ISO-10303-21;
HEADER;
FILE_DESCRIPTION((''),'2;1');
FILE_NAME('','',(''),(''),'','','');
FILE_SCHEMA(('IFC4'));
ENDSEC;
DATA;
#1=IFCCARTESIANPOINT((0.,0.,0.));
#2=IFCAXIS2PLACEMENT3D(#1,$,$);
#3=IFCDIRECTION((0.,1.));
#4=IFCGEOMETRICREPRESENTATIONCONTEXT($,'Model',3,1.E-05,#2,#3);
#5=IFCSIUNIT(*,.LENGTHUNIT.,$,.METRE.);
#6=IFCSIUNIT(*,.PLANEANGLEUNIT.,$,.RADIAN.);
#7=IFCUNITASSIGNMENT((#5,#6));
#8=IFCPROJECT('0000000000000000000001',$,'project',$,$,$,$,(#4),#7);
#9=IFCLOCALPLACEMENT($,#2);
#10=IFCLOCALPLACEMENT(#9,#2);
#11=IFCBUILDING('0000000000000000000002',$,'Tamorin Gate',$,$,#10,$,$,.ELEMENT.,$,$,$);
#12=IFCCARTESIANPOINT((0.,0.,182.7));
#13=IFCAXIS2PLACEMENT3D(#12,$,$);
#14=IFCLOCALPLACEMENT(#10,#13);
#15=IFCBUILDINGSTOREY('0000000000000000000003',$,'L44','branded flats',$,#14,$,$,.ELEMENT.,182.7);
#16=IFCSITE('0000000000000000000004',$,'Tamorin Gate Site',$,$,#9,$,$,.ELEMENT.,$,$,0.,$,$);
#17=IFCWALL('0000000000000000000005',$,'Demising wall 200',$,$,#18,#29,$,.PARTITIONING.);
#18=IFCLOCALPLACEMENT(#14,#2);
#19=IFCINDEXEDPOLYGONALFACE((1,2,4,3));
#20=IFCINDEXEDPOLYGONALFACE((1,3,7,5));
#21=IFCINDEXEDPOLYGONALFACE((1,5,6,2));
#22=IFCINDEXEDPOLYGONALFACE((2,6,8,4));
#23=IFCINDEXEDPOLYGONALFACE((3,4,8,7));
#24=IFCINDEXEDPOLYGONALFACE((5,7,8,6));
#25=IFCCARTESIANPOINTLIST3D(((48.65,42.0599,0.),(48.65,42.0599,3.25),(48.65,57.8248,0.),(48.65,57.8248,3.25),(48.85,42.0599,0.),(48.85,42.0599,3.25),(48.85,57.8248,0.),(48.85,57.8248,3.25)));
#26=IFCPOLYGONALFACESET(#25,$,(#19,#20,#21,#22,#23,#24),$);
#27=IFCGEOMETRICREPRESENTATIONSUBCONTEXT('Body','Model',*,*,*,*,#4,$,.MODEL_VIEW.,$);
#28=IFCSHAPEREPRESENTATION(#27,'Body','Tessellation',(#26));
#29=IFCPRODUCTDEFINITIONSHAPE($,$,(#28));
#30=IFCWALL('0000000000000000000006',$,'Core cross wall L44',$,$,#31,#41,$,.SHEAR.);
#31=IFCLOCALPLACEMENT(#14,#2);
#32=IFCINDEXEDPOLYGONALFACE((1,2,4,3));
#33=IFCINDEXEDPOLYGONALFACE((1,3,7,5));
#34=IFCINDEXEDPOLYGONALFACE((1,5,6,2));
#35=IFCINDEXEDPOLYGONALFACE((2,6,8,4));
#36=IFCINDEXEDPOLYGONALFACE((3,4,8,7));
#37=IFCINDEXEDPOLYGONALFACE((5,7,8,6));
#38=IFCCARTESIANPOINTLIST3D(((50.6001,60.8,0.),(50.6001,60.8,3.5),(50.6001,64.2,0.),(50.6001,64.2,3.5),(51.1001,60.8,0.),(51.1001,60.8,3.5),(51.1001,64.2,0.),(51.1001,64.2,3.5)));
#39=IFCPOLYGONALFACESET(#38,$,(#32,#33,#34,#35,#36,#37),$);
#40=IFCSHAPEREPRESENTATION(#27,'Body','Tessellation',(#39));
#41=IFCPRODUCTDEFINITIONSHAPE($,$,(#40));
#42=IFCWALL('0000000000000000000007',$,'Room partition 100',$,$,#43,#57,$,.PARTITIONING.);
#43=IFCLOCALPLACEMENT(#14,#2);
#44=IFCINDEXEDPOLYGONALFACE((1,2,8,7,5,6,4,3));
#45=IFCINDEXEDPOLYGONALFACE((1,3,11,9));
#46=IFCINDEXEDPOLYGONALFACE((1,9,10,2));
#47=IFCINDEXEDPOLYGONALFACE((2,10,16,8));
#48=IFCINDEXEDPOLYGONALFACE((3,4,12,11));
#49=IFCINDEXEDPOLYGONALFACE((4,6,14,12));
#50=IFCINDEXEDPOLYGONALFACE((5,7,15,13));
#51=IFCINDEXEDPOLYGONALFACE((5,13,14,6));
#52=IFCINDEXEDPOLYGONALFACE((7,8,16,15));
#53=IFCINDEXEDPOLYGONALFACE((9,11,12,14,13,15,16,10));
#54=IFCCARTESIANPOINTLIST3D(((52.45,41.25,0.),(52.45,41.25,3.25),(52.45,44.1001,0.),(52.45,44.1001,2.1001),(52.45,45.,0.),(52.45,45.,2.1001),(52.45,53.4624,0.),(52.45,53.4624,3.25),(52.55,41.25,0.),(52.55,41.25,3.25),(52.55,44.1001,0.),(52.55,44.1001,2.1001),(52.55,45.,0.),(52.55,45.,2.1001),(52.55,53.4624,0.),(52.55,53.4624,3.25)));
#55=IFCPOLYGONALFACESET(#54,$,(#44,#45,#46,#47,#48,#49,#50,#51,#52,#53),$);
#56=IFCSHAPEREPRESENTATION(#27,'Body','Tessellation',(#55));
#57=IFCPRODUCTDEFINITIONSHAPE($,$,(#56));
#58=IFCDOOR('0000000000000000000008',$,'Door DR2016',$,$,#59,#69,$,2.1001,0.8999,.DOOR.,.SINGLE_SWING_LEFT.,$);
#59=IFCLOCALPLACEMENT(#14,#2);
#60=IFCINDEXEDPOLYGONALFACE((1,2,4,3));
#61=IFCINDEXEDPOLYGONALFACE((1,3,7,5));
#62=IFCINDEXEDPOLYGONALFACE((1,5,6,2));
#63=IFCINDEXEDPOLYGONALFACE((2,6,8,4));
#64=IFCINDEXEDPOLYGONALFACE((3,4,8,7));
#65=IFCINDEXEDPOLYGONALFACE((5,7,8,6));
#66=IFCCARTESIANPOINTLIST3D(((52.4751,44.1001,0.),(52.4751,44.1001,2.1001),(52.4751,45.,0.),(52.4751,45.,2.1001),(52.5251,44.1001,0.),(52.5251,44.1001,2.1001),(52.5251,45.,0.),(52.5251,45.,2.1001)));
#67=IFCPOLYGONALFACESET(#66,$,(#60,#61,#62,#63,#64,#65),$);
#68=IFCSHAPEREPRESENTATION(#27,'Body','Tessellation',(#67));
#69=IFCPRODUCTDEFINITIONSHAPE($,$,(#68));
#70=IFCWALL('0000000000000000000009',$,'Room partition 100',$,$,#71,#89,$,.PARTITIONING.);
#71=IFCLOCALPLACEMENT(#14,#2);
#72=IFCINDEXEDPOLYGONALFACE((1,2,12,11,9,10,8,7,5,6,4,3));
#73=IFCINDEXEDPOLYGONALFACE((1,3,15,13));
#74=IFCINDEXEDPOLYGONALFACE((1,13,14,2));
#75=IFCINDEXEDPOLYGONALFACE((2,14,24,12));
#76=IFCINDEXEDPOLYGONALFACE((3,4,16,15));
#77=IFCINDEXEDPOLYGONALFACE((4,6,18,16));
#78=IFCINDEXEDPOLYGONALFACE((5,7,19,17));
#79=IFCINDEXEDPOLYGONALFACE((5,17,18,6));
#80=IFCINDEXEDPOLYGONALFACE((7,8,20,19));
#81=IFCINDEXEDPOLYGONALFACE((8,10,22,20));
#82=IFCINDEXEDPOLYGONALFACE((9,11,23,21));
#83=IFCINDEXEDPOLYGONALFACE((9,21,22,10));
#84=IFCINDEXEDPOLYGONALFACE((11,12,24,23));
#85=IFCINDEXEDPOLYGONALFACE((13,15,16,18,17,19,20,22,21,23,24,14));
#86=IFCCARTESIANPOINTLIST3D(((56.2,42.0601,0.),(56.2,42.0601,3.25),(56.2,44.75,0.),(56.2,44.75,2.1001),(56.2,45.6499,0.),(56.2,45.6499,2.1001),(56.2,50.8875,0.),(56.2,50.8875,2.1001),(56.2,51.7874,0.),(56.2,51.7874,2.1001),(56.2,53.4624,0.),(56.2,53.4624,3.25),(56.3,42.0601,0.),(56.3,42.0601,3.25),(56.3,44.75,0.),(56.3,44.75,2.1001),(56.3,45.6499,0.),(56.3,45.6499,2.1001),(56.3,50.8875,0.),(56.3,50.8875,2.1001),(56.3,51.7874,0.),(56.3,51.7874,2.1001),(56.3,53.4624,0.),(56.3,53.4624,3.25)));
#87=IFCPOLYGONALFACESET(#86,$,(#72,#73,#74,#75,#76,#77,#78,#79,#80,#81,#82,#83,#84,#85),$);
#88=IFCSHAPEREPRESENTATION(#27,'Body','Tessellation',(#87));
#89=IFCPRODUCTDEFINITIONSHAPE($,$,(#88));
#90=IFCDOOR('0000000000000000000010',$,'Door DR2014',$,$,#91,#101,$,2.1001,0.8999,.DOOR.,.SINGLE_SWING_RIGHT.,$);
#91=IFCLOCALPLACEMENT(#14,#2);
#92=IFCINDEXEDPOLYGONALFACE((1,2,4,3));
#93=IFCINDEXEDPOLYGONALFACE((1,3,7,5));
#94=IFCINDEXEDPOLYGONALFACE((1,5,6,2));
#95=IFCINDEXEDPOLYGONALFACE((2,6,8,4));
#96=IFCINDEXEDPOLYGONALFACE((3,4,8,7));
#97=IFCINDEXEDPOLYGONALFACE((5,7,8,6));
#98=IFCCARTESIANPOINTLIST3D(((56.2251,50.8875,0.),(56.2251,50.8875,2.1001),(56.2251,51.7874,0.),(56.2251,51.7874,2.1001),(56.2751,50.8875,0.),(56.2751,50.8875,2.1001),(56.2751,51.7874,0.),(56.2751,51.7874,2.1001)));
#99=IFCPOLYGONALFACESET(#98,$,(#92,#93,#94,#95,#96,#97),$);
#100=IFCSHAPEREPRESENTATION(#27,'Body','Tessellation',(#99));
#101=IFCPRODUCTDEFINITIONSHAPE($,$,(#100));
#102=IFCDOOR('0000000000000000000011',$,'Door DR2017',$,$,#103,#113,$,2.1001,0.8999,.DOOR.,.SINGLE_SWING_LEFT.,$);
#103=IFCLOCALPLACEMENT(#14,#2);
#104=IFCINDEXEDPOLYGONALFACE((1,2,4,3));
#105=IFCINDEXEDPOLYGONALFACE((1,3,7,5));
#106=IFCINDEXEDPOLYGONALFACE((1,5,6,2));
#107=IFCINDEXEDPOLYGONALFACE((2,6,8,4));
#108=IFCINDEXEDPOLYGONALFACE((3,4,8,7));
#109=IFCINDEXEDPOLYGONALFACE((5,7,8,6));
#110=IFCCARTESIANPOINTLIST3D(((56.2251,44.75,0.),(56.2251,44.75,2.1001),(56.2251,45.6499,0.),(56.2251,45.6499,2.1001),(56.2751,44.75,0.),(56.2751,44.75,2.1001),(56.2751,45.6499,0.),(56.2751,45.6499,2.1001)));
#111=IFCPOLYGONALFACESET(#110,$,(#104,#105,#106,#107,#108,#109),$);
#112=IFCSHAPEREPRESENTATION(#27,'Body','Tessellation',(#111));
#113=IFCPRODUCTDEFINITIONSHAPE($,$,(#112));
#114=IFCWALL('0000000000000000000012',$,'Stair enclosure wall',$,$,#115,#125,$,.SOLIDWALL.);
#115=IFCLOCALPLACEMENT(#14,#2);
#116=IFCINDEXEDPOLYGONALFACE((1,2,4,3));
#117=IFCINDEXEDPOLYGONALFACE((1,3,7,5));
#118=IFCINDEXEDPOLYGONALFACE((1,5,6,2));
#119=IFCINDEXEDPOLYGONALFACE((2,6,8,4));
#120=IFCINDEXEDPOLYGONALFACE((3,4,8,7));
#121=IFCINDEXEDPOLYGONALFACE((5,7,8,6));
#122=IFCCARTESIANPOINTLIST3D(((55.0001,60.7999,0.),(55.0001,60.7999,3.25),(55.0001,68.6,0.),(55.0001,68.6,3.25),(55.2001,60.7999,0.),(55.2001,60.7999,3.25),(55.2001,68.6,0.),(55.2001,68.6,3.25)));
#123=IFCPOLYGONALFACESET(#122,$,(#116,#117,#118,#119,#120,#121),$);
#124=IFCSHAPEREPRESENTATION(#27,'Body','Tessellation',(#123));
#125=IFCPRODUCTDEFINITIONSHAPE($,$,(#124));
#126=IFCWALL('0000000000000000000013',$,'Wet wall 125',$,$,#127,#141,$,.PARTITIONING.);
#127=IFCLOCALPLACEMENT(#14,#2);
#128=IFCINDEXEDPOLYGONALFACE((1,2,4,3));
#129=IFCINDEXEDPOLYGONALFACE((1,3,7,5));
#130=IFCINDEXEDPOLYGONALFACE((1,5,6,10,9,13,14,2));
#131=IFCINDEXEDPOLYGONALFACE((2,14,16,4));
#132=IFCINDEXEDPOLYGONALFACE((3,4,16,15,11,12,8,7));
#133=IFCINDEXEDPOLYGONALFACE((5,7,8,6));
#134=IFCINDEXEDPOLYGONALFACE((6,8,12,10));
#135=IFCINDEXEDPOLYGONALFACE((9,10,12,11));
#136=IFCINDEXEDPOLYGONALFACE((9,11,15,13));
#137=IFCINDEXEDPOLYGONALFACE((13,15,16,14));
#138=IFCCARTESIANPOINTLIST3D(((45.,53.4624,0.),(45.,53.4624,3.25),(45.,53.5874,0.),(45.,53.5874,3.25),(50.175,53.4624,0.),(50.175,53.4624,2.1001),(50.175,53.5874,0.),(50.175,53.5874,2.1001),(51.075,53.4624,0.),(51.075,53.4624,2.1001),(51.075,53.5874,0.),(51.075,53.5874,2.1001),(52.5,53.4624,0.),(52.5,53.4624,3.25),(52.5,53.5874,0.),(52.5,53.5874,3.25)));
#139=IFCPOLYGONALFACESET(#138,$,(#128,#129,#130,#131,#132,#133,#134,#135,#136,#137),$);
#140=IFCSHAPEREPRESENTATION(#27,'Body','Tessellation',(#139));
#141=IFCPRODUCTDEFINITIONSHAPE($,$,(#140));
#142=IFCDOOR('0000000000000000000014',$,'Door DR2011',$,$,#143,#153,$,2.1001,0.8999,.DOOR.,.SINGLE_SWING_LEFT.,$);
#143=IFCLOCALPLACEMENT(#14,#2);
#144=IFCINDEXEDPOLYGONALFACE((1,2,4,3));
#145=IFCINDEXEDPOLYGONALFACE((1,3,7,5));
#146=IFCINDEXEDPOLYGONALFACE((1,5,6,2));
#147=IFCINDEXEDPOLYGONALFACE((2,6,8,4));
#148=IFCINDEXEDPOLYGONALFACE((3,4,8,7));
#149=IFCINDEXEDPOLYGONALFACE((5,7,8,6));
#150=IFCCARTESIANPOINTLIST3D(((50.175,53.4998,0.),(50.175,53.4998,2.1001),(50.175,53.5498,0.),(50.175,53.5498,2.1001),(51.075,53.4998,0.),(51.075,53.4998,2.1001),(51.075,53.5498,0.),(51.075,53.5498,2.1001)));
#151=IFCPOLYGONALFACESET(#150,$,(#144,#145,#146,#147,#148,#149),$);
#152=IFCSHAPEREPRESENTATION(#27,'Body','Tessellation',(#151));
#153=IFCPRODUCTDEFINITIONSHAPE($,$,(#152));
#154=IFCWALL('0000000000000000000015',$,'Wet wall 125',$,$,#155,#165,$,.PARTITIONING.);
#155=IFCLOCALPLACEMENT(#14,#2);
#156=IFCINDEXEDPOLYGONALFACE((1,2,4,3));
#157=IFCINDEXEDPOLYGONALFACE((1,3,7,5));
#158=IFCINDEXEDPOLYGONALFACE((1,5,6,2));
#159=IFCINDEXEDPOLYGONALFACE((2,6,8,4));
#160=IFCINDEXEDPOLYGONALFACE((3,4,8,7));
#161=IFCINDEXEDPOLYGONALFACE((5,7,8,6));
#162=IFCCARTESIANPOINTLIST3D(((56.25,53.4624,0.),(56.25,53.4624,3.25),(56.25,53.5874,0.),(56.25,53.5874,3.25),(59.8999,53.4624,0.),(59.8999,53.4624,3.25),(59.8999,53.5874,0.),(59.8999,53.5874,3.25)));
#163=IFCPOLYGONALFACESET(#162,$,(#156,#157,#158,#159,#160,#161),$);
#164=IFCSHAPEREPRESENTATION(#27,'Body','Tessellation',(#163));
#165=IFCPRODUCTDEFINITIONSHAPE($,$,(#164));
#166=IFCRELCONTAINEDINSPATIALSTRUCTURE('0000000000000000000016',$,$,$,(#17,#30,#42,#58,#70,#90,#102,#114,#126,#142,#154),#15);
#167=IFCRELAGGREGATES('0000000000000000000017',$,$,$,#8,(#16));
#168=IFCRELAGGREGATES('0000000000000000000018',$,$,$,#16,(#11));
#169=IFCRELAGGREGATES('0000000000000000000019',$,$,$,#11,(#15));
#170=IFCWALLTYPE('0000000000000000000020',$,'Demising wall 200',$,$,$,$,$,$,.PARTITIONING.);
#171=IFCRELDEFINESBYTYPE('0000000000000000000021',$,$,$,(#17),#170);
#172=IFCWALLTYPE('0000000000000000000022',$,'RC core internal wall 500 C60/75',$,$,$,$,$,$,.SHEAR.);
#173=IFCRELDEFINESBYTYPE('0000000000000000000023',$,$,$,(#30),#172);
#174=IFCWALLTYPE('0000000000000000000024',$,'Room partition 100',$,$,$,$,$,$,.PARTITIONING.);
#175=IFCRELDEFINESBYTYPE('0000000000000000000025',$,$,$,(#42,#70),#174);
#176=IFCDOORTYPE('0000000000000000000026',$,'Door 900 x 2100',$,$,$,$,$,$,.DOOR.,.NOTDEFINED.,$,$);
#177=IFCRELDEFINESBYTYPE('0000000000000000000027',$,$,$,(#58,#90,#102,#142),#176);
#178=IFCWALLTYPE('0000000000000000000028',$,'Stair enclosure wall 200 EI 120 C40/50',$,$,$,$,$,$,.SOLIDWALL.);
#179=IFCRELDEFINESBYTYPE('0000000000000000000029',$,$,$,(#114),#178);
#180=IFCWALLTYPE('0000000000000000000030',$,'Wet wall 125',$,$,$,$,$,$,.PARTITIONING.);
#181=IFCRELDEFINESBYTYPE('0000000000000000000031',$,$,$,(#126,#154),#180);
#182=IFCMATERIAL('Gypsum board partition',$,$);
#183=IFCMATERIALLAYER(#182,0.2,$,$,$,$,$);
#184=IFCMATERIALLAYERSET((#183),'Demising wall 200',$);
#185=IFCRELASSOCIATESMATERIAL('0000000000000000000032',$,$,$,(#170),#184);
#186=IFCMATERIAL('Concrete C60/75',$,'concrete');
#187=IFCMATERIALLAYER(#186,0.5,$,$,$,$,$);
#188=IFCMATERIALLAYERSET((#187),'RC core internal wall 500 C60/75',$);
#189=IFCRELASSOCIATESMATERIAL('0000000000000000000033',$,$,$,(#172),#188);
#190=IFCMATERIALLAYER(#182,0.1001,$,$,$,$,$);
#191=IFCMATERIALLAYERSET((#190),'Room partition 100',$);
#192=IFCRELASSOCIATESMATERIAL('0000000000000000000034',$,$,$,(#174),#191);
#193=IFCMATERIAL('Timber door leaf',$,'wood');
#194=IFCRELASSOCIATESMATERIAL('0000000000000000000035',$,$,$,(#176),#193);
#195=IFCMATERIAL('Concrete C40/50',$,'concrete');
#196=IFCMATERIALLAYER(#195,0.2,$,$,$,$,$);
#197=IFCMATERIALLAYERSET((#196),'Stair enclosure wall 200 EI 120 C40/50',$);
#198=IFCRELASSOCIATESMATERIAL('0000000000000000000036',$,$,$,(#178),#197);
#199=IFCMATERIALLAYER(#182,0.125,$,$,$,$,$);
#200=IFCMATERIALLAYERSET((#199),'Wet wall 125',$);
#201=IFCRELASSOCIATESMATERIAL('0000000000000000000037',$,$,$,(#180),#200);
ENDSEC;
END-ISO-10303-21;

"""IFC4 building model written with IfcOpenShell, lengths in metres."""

from ifc_helpers import new_model, si_unit, direction, frame, frame_2d, origin, place, context, subcontext, project, spatial, rectangle, extrude, material, layer, layer_set, type_object, element, fill, save


model = new_model("IFC4")

# Units and contexts
model_context = context("Model", 3, precision=1e-05, world=origin(), true_north=direction((0.0, 1.0)))
body_context = subcontext(model_context, "Body", "Model", "MODEL_VIEW")
ifc_project = project(units=[si_unit("LENGTHUNIT", "METRE"), si_unit("PLANEANGLEUNIT", "RADIAN")], contexts=[model_context])

# Site, building, storey
site_placement = place(None, origin())
site = spatial("IfcSite", under=ifc_project, at=site_placement, Name="Tamorin Gate Site", CompositionType="ELEMENT", RefElevation=0.0)
building_placement = place(site_placement, origin())
building = spatial("IfcBuilding", under=site, at=building_placement, Name="Tamorin Gate", CompositionType="ELEMENT")
storey_placement = place(building_placement, frame((0.0, 0.0, 182.7)))
storey = spatial("IfcBuildingStorey", under=building, at=storey_placement, Name="L44", Description="branded flats", CompositionType="ELEMENT", Elevation=182.7)

# Shared definitions
ifc_material_1 = material(Name="Concrete C60/75", Category="concrete")

# Walls
ifc_material_2 = material(Name="Gypsum board partition")
ifc_layer_1 = layer(ifc_material_2, 0.2)
ifc_layer_set_1 = layer_set([ifc_layer_1], Name="Demising wall 200")
wall_type_1 = type_object("IfcWallType", Name="Demising wall 200", PredefinedType="PARTITIONING", material=ifc_layer_set_1)
wall_1_placement = place(storey_placement, frame((48.75, 42.0601, 0.0), z_axis=(0.0, 0.0, 1.0), x_axis=(0.0, 1.0, 0.0)))
element("IfcWall", 1, at=wall_1_placement, inside=storey, type_object=wall_type_1, Name="Demising wall 200", PredefinedType="PARTITIONING", context=body_context, shape_type="SweptSolid", body=[
    extrude(rectangle(XDim=15.7649, YDim=0.2, at=frame_2d((7.8823, 0.0))), origin(), (0.0, 0.0, 1.0), 3.25),
])
ifc_layer_2 = layer(ifc_material_1, 0.5)
ifc_layer_set_2 = layer_set([ifc_layer_2], Name="RC core internal wall 500 C60/75")
wall_type_2 = type_object("IfcWallType", Name="RC core internal wall 500 C60/75", PredefinedType="SHEAR", material=ifc_layer_set_2)
wall_2_placement = place(storey_placement, frame((50.8501, 60.8, 0.0), z_axis=(0.0, 0.0, 1.0), x_axis=(0.0, 1.0, 0.0)))
element("IfcWall", 2, at=wall_2_placement, inside=storey, type_object=wall_type_2, Name="Core cross wall L44", PredefinedType="SHEAR", context=body_context, shape_type="SweptSolid", body=[
    extrude(rectangle(XDim=3.3999, YDim=0.5, at=frame_2d((1.7, 0.0))), origin(), (0.0, 0.0, 1.0), 3.5),
])

# Wall, opening, door
ifc_layer_3 = layer(ifc_material_2, 0.1001)
ifc_layer_set_3 = layer_set([ifc_layer_3], Name="Room partition 100")
wall_type_3 = type_object("IfcWallType", Name="Room partition 100", PredefinedType="PARTITIONING", material=ifc_layer_set_3)
wall_3_placement = place(storey_placement, frame((52.5, 41.25, 0.0), z_axis=(0.0, 0.0, 1.0), x_axis=(0.0, 1.0, 0.0)))
wall_3 = element("IfcWall", 3, at=wall_3_placement, inside=storey, type_object=wall_type_3, Name="Room partition 100", PredefinedType="PARTITIONING", context=body_context, shape_type="SweptSolid", body=[
    extrude(rectangle(XDim=12.2124, YDim=0.1001, at=frame_2d((6.1062, 0.0))), origin(), (0.0, 0.0, 1.0), 3.25),
])
opening_1_placement = place(wall_3_placement, frame((2.8501, 0.0, 0.0)))
opening_1 = element("IfcOpeningElement", 4, at=opening_1_placement, cuts=wall_3, PredefinedType="OPENING", context=body_context, shape_type="SweptSolid", body=[
    extrude(rectangle(XDim=0.8999, YDim=2.1001, at=frame_2d((0.45, 1.05))), frame((0.0, 0.0601, 0.0), z_axis=(0.0, -1.0, 0.0), x_axis=(1.0, 0.0, 0.0)), (0.0, 0.0, 1.0), 0.1201),
])
ifc_material_3 = material(Name="Timber door leaf", Category="wood")
door_type = type_object("IfcDoorType", Name="Door 900 x 2100", OperationType="NOTDEFINED", PredefinedType="DOOR", material=ifc_material_3)
door_1_placement = place(opening_1_placement, origin())
door_1 = element("IfcDoor", 5, at=door_1_placement, inside=storey, type_object=door_type, Name="Door DR2016", OperationType="SINGLE_SWING_LEFT", OverallHeight=2.1001, OverallWidth=0.8999, PredefinedType="DOOR", context=body_context, shape_type="SweptSolid", body=[
    extrude(rectangle(XDim=0.8999, YDim=2.1001, at=frame_2d((0.45, 1.05))), frame((0.0, 0.0249, 0.0), z_axis=(0.0, -1.0, 0.0), x_axis=(1.0, 0.0, 0.0)), (0.0, 0.0, 1.0), 0.05),
])
fill(opening_1, door_1)

# Wall, openings, doors
wall_4_placement = place(storey_placement, frame((56.25, 42.0601, 0.0), z_axis=(0.0, 0.0, 1.0), x_axis=(0.0, 1.0, 0.0)))
wall_4 = element("IfcWall", 6, at=wall_4_placement, inside=storey, type_object=wall_type_3, Name="Room partition 100", PredefinedType="PARTITIONING", context=body_context, shape_type="SweptSolid", body=[
    extrude(rectangle(XDim=11.4023, YDim=0.1001, at=frame_2d((5.7012, 0.0))), origin(), (0.0, 0.0, 1.0), 3.25),
])
opening_2_placement = place(wall_4_placement, frame((8.8274, 0.0, 0.0)))
opening_2 = element("IfcOpeningElement", 7, at=opening_2_placement, cuts=wall_4, PredefinedType="OPENING", context=body_context, shape_type="SweptSolid", body=[
    extrude(rectangle(XDim=0.8999, YDim=2.1001, at=frame_2d((0.45, 1.05))), frame((0.0, 0.0601, 0.0), z_axis=(0.0, -1.0, 0.0), x_axis=(1.0, 0.0, 0.0)), (0.0, 0.0, 1.0), 0.1201),
])
opening_3_placement = place(wall_4_placement, frame((2.6899, 0.0, 0.0)))
opening_3 = element("IfcOpeningElement", 8, at=opening_3_placement, cuts=wall_4, PredefinedType="OPENING", context=body_context, shape_type="SweptSolid", body=[
    extrude(rectangle(XDim=0.8999, YDim=2.1001, at=frame_2d((0.45, 1.05))), frame((0.0, 0.0601, 0.0), z_axis=(0.0, -1.0, 0.0), x_axis=(1.0, 0.0, 0.0)), (0.0, 0.0, 1.0), 0.1201),
])
door_2_placement = place(opening_2_placement, origin())
door_2 = element("IfcDoor", 9, at=door_2_placement, inside=storey, type_object=door_type, Name="Door DR2014", OperationType="SINGLE_SWING_RIGHT", OverallHeight=2.1001, OverallWidth=0.8999, PredefinedType="DOOR", context=body_context, shape_type="SweptSolid", body=[
    extrude(rectangle(XDim=0.8999, YDim=2.1001, at=frame_2d((0.45, 1.05))), frame((0.0, 0.0249, 0.0), z_axis=(0.0, -1.0, 0.0), x_axis=(1.0, 0.0, 0.0)), (0.0, 0.0, 1.0), 0.05),
])
fill(opening_2, door_2)
door_3_placement = place(opening_3_placement, origin())
door_3 = element("IfcDoor", 10, at=door_3_placement, inside=storey, type_object=door_type, Name="Door DR2017", OperationType="SINGLE_SWING_LEFT", OverallHeight=2.1001, OverallWidth=0.8999, PredefinedType="DOOR", context=body_context, shape_type="SweptSolid", body=[
    extrude(rectangle(XDim=0.8999, YDim=2.1001, at=frame_2d((0.45, 1.05))), frame((0.0, 0.0249, 0.0), z_axis=(0.0, -1.0, 0.0), x_axis=(1.0, 0.0, 0.0)), (0.0, 0.0, 1.0), 0.05),
])
fill(opening_3, door_3)

# Wall
ifc_material_4 = material(Name="Concrete C40/50", Category="concrete")
ifc_layer_4 = layer(ifc_material_4, 0.2)
ifc_layer_set_4 = layer_set([ifc_layer_4], Name="Stair enclosure wall 200 EI 120 C40/50")
wall_type_4 = type_object("IfcWallType", Name="Stair enclosure wall 200 EI 120 C40/50", PredefinedType="SOLIDWALL", material=ifc_layer_set_4)
wall_5_placement = place(storey_placement, frame((55.1001, 60.8, 0.0), z_axis=(0.0, 0.0, 1.0), x_axis=(0.0, 1.0, 0.0)))
element("IfcWall", 11, at=wall_5_placement, inside=storey, type_object=wall_type_4, Name="Stair enclosure wall", PredefinedType="SOLIDWALL", context=body_context, shape_type="SweptSolid", body=[
    extrude(rectangle(XDim=7.8, YDim=0.2, at=frame_2d((3.8999, 0.0))), origin(), (0.0, 0.0, 1.0), 3.25),
])

# Wall, opening, door
ifc_layer_5 = layer(ifc_material_2, 0.125)
ifc_layer_set_5 = layer_set([ifc_layer_5], Name="Wet wall 125")
wall_type_5 = type_object("IfcWallType", Name="Wet wall 125", PredefinedType="PARTITIONING", material=ifc_layer_set_5)
wall_6_placement = place(storey_placement, frame((45.0, 53.5249, 0.0), z_axis=(0.0, 0.0, 1.0), x_axis=(1.0, 0.0, 0.0)))
wall_6 = element("IfcWall", 12, at=wall_6_placement, inside=storey, type_object=wall_type_5, Name="Wet wall 125", PredefinedType="PARTITIONING", context=body_context, shape_type="SweptSolid", body=[
    extrude(rectangle(XDim=7.5, YDim=0.125, at=frame_2d((3.75, 0.0))), origin(), (0.0, 0.0, 1.0), 3.25),
])
opening_4_placement = place(wall_6_placement, frame((5.175, 0.0, 0.0)))
opening_4 = element("IfcOpeningElement", 13, at=opening_4_placement, cuts=wall_6, PredefinedType="OPENING", context=body_context, shape_type="SweptSolid", body=[
    extrude(rectangle(XDim=0.8999, YDim=2.1001, at=frame_2d((0.45, 1.05))), frame((0.0, 0.0725, 0.0), z_axis=(0.0, -1.0, 0.0), x_axis=(1.0, 0.0, 0.0)), (0.0, 0.0, 1.0), 0.145),
])
door_4_placement = place(opening_4_placement, origin())
door_4 = element("IfcDoor", 14, at=door_4_placement, inside=storey, type_object=door_type, Name="Door DR2011", OperationType="SINGLE_SWING_LEFT", OverallHeight=2.1001, OverallWidth=0.8999, PredefinedType="DOOR", context=body_context, shape_type="SweptSolid", body=[
    extrude(rectangle(XDim=0.8999, YDim=2.1001, at=frame_2d((0.45, 1.05))), frame((0.0, 0.0249, 0.0), z_axis=(0.0, -1.0, 0.0), x_axis=(1.0, 0.0, 0.0)), (0.0, 0.0, 1.0), 0.05),
])
fill(opening_4, door_4)

# Wall
wall_7_placement = place(storey_placement, frame((56.25, 53.5249, 0.0), z_axis=(0.0, 0.0, 1.0), x_axis=(1.0, 0.0, 0.0)))
element("IfcWall", 15, at=wall_7_placement, inside=storey, type_object=wall_type_5, Name="Wet wall 125", PredefinedType="PARTITIONING", context=body_context, shape_type="SweptSolid", body=[
    extrude(rectangle(XDim=3.6499, YDim=0.125, at=frame_2d((1.825, 0.0))), origin(), (0.0, 0.0, 1.0), 3.25),
])

save(model, "model.ifc")
